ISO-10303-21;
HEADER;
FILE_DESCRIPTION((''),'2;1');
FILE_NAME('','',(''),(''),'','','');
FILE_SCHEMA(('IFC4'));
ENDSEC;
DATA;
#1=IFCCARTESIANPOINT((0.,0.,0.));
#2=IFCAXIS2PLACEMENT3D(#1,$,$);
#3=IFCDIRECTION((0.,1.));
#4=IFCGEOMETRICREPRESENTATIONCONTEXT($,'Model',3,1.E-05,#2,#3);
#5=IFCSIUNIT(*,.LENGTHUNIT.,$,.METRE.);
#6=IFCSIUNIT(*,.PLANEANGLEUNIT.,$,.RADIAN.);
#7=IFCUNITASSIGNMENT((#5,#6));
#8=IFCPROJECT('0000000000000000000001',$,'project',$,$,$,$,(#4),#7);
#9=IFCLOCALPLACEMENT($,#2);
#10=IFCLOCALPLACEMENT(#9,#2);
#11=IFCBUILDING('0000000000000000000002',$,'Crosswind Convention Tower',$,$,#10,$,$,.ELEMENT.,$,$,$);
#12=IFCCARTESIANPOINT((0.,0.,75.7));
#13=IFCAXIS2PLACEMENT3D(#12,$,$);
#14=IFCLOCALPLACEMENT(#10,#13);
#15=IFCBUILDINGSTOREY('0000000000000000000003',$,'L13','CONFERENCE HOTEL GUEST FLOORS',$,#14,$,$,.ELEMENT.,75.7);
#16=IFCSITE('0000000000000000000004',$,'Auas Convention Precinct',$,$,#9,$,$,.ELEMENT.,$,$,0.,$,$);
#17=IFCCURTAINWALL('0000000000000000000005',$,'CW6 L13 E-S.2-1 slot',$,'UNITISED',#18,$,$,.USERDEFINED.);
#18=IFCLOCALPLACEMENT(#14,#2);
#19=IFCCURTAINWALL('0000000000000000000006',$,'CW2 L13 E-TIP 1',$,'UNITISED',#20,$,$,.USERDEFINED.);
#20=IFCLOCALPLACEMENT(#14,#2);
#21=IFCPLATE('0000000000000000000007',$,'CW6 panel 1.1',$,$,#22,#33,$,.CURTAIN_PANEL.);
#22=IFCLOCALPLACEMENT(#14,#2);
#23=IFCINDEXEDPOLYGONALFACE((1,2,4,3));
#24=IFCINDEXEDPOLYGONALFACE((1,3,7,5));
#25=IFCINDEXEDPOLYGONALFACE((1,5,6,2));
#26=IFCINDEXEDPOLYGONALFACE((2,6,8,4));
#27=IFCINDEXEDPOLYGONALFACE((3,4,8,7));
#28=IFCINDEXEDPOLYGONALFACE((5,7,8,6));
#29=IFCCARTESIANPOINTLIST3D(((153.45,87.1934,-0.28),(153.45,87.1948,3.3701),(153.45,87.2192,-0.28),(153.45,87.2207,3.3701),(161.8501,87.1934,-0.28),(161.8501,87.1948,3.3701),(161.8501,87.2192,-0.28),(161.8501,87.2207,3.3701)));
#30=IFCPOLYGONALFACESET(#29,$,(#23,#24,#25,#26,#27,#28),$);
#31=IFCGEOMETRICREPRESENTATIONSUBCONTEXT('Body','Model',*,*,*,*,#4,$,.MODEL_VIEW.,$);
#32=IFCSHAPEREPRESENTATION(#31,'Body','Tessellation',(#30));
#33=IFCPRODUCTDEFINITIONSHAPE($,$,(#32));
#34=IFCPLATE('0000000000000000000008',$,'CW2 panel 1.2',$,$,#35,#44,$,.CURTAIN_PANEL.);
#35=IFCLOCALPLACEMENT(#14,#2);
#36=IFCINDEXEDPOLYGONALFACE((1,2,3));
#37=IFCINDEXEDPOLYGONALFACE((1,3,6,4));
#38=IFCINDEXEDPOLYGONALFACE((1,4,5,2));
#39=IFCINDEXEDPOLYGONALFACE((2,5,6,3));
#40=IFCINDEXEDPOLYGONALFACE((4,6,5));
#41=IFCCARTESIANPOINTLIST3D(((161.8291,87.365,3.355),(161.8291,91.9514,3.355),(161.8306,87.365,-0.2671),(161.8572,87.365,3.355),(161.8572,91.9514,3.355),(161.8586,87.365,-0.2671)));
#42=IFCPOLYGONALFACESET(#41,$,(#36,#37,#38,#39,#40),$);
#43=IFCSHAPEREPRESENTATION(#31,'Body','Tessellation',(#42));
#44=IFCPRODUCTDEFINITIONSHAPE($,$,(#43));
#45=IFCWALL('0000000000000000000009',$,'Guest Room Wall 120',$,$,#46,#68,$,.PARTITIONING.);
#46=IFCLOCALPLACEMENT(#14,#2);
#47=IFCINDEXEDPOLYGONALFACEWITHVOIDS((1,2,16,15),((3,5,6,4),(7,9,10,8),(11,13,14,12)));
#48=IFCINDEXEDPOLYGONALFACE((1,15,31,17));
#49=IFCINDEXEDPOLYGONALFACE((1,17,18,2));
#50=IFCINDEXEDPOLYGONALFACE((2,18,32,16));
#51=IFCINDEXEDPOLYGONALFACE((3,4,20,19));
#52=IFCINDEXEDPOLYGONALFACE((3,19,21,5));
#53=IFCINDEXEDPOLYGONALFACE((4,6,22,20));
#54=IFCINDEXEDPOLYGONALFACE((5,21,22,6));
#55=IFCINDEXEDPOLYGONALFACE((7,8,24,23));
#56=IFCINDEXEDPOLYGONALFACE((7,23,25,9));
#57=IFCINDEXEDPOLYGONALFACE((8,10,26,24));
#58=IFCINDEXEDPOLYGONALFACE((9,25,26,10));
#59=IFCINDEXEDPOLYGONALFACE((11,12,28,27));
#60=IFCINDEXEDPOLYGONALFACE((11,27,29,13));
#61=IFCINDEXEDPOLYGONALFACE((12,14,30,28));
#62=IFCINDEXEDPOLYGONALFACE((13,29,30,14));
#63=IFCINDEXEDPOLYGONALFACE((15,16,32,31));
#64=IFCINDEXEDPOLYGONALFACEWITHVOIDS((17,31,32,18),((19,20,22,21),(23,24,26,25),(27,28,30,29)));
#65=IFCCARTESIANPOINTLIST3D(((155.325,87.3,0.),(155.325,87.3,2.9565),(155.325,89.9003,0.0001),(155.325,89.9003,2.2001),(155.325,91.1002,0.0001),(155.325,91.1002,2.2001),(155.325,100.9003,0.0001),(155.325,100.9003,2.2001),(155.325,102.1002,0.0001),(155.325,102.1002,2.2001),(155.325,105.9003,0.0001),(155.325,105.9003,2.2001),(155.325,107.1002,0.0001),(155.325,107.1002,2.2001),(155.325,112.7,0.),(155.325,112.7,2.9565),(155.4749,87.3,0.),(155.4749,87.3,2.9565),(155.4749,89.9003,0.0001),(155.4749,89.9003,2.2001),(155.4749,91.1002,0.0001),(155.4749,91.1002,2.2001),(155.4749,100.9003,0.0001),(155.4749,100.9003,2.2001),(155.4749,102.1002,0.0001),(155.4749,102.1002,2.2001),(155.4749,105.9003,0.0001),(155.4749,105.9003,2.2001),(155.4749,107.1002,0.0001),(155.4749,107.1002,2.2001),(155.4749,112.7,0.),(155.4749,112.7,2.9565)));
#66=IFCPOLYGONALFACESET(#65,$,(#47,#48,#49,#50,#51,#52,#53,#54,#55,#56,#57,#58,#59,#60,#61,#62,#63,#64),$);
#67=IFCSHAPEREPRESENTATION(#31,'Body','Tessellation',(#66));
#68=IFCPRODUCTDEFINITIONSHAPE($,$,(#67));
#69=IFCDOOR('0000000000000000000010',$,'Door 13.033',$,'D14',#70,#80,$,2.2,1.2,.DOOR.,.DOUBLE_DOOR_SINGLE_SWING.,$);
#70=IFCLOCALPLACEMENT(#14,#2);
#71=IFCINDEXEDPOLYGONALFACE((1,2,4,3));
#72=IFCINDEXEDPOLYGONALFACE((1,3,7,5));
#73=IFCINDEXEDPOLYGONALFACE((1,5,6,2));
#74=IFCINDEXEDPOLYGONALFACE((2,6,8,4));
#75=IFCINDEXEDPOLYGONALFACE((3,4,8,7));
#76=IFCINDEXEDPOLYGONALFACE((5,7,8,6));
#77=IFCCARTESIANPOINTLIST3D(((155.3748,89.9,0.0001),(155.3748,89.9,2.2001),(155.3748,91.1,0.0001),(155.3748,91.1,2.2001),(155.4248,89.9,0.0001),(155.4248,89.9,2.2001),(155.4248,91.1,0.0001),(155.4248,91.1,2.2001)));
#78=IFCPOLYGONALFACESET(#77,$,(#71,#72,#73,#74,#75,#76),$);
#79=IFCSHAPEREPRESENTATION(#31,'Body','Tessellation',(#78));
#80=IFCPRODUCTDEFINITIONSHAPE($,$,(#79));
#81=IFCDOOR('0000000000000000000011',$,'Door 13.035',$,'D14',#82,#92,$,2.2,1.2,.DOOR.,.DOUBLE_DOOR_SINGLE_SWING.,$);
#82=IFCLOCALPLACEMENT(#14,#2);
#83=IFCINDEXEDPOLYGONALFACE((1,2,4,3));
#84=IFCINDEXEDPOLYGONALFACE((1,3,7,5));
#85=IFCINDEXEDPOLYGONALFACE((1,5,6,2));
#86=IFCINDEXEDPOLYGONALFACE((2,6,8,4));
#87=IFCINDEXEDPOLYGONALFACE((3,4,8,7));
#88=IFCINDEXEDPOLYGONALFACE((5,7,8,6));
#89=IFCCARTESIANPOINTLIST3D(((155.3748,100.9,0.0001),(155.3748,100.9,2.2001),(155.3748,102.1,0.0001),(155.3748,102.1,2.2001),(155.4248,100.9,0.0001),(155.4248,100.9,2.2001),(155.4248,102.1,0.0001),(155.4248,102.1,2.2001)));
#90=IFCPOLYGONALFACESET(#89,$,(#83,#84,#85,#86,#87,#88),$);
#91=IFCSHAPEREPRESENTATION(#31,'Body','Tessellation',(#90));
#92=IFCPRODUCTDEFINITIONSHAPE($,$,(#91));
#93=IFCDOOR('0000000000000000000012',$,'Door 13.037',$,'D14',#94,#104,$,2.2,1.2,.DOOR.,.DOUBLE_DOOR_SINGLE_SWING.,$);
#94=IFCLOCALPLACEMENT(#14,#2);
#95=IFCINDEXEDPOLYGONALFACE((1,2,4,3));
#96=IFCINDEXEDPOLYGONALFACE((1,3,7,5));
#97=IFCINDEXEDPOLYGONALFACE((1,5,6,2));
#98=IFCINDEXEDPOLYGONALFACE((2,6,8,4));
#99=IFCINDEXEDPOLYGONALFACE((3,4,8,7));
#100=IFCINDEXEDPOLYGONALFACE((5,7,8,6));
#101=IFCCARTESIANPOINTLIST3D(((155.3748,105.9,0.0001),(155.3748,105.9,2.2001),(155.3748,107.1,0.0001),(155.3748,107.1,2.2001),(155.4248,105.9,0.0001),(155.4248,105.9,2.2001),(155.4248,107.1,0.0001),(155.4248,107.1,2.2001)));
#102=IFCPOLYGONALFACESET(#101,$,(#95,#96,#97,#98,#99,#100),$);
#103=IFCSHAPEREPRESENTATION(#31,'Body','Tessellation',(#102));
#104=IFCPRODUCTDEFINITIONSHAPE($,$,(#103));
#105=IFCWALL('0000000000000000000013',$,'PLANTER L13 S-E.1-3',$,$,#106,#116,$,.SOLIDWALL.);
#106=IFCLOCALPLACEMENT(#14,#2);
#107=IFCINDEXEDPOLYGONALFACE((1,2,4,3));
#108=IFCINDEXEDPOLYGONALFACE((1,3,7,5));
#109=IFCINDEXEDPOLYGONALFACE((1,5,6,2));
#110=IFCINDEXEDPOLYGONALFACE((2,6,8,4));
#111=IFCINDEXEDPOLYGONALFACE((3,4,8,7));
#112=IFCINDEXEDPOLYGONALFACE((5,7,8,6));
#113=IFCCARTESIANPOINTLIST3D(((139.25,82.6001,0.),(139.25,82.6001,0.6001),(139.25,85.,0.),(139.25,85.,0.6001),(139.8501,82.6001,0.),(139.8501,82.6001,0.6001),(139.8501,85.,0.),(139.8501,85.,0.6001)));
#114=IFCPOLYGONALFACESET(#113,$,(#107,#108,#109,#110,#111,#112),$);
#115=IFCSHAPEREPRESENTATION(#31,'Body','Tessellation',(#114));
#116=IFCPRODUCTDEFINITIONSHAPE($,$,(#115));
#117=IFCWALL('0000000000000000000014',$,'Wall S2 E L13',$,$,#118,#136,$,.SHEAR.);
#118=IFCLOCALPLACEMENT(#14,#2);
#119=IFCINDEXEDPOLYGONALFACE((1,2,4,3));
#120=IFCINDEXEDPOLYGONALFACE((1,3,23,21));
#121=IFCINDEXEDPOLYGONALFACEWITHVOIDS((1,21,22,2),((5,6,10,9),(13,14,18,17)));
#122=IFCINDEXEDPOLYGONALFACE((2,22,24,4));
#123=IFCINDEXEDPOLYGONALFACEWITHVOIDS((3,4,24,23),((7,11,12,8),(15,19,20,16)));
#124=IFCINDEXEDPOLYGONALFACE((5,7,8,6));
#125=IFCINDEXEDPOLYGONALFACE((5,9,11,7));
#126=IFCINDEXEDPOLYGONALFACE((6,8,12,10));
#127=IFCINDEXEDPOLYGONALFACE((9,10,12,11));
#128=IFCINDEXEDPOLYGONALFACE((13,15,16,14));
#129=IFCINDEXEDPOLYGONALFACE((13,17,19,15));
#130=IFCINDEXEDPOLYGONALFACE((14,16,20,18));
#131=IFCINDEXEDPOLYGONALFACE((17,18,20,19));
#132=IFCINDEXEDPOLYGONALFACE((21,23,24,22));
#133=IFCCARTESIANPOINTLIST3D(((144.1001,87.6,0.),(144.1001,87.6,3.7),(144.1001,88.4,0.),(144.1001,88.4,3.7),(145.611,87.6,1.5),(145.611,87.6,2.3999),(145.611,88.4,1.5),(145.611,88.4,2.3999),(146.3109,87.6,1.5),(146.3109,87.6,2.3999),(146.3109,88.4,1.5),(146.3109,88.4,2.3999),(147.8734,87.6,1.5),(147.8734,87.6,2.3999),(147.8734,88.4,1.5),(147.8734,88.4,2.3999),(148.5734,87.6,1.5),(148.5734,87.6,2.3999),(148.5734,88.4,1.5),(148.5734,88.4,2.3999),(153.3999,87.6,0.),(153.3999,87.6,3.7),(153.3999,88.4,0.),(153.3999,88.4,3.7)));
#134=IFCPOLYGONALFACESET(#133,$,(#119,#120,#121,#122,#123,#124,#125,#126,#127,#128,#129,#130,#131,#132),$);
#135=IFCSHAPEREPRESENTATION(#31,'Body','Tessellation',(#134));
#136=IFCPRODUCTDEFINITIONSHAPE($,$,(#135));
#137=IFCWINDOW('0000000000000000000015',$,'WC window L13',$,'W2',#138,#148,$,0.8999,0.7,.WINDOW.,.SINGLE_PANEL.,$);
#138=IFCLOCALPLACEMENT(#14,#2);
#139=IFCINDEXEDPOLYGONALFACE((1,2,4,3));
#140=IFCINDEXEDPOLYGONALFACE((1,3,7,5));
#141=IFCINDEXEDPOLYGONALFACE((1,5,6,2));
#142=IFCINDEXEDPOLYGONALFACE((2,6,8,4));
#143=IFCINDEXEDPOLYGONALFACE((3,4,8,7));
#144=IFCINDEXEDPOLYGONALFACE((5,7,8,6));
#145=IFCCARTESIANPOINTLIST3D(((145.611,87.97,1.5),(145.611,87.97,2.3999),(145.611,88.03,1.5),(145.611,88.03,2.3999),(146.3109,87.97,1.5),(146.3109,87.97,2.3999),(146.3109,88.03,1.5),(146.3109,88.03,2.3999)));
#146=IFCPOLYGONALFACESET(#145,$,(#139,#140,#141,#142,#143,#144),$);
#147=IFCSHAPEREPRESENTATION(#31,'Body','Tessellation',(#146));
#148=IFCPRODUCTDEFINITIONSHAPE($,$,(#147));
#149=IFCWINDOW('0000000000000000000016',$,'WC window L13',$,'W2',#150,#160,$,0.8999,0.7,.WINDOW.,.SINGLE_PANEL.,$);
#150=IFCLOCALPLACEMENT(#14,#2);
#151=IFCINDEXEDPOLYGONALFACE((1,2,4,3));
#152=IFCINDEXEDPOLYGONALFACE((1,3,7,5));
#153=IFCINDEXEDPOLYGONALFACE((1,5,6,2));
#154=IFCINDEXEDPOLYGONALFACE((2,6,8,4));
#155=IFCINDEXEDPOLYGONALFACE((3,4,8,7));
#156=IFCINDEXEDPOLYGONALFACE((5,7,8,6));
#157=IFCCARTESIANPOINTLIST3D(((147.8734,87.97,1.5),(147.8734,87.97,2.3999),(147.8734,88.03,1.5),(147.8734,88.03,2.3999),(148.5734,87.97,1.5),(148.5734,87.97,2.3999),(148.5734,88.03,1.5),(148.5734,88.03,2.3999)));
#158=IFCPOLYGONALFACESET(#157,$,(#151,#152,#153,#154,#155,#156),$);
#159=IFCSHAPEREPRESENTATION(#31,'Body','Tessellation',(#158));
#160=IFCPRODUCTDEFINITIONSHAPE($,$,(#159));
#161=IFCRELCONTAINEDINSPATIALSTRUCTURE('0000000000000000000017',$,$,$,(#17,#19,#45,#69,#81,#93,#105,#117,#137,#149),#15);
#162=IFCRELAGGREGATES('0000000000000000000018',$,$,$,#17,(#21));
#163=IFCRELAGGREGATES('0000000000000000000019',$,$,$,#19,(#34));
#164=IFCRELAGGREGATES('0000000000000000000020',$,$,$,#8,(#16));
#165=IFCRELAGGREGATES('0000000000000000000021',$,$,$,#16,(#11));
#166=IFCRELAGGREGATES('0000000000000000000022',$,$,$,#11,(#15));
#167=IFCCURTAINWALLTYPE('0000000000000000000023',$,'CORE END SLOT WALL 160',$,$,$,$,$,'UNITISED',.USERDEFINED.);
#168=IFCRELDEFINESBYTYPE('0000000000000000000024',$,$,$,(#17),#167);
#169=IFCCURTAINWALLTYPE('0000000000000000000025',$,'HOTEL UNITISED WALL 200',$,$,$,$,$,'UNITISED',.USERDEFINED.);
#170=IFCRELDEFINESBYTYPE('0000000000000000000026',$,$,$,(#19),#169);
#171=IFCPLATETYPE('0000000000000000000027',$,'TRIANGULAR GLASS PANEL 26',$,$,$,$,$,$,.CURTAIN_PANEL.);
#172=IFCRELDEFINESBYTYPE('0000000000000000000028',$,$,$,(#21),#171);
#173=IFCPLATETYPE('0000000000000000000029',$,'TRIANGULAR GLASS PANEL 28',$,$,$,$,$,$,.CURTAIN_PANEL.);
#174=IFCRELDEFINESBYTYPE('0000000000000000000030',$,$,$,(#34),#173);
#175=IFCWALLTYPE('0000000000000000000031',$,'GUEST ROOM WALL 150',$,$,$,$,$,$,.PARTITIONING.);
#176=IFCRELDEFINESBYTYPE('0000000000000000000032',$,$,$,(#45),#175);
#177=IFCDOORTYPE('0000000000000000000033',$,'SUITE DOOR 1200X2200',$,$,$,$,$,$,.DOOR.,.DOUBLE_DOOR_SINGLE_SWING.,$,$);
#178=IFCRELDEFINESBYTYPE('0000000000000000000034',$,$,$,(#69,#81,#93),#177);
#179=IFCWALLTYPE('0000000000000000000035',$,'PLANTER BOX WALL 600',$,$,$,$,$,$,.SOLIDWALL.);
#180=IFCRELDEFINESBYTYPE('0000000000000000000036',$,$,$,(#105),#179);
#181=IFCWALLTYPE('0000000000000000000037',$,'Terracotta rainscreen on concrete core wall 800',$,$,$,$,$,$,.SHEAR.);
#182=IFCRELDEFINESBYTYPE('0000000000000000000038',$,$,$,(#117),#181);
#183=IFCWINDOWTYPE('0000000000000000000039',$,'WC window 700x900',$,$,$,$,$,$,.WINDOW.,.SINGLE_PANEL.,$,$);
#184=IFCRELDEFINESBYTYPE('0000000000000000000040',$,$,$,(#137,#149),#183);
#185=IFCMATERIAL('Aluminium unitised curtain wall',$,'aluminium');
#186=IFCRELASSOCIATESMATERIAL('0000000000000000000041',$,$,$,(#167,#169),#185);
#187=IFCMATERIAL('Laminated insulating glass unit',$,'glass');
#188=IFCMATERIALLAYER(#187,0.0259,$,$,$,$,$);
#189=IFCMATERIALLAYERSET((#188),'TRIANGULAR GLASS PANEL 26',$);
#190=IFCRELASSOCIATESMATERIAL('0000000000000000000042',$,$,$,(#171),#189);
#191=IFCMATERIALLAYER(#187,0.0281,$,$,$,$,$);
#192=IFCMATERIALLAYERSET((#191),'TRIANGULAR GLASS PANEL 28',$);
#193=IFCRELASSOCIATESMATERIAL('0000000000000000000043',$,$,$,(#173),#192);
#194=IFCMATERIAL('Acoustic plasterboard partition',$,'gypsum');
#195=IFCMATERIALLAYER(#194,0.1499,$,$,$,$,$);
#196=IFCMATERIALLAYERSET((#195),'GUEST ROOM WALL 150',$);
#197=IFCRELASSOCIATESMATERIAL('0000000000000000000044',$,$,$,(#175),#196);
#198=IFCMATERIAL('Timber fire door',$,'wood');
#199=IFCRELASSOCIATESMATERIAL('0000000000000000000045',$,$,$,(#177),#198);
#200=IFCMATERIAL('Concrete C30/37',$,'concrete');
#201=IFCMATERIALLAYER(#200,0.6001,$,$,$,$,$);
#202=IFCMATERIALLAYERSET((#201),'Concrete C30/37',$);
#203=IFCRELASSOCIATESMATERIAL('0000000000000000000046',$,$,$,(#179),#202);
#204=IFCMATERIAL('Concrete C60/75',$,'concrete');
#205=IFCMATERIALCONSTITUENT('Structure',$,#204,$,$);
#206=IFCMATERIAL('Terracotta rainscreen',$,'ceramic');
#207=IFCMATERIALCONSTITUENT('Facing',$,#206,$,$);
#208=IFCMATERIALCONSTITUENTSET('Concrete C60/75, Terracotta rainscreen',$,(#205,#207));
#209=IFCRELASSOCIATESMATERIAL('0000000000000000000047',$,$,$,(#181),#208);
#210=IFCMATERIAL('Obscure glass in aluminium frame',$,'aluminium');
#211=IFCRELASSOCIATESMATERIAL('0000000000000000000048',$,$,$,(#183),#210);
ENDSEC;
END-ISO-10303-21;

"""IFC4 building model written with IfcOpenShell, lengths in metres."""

from ifc_helpers import new_model, si_unit, direction, frame, frame_2d, origin, place, context, subcontext, project, spatial, polyline, rectangle, outline, extrude, material, layer, layer_set, constituent, constituent_set, type_object, element, fill, aggregate, save


model = new_model("IFC4")

# Units and contexts
model_context = context("Model", 3, precision=1e-05, world=origin(), true_north=direction((0.0, 1.0)))
body_context = subcontext(model_context, "Body", "Model", "MODEL_VIEW")
ifc_project = project(units=[si_unit("LENGTHUNIT", "METRE"), si_unit("PLANEANGLEUNIT", "RADIAN")], contexts=[model_context])

# Site, building, storey
site_placement = place(None, origin())
site = spatial("IfcSite", under=ifc_project, at=site_placement, Name="Auas Convention Precinct", CompositionType="ELEMENT", RefElevation=0.0)
building_placement = place(site_placement, origin())
building = spatial("IfcBuilding", under=site, at=building_placement, Name="Crosswind Convention Tower", CompositionType="ELEMENT")
storey_placement = place(building_placement, frame((0.0, 0.0, 75.7)))
storey = spatial("IfcBuildingStorey", under=building, at=storey_placement, Name="L13", Description="CONFERENCE HOTEL GUEST FLOORS", CompositionType="ELEMENT", Elevation=75.7)

# Shared definitions
ifc_material_1 = material(Name="Concrete C60/75", Category="concrete")

# Curtain wall
ifc_material_2 = material(Name="Aluminium unitised curtain wall", Category="aluminium")
curtain_wall_type_1 = type_object("IfcCurtainWallType", Name="CORE END SLOT WALL 160", ElementType="UNITISED", PredefinedType="USERDEFINED", material=ifc_material_2)
curtain_wall_1_placement = place(storey_placement, origin())
curtain_wall_1 = element("IfcCurtainWall", 1, at=curtain_wall_1_placement, inside=storey, type_object=curtain_wall_type_1, Name="CW6 L13 E-S.2-1 slot", ObjectType="UNITISED", PredefinedType="USERDEFINED")

# Curtain wall
curtain_wall_type_2 = type_object("IfcCurtainWallType", Name="HOTEL UNITISED WALL 200", ElementType="UNITISED", PredefinedType="USERDEFINED", material=ifc_material_2)
curtain_wall_2_placement = place(storey_placement, origin())
curtain_wall_2 = element("IfcCurtainWall", 2, at=curtain_wall_2_placement, inside=storey, type_object=curtain_wall_type_2, Name="CW2 L13 E-TIP 1", ObjectType="UNITISED", PredefinedType="USERDEFINED")

# Plates
ifc_material_3 = material(Name="Laminated insulating glass unit", Category="glass")
ifc_layer_1 = layer(ifc_material_3, 0.0259)
ifc_layer_set_1 = layer_set([ifc_layer_1], Name="TRIANGULAR GLASS PANEL 26")
plate_type_1 = type_object("IfcPlateType", Name="TRIANGULAR GLASS PANEL 26", PredefinedType="CURTAIN_PANEL", material=ifc_layer_set_1)
plate_1_placement = place(storey_placement, frame((153.45, 87.1934, -0.28), z_axis=(0.0, -1.0, 0.000401), x_axis=(1.0, 0.0, 0.0)))
plate_1 = element("IfcPlate", 3, at=plate_1_placement, type_object=plate_type_1, Name="CW6 panel 1.1", PredefinedType="CURTAIN_PANEL", context=body_context, shape_type="SweptSolid", body=[
    extrude(outline(polyline([(0.0, 0.0), (8.4001, 0.0), (8.4001, 3.6501), (0.0, 3.6501), (0.0, 0.0)])), origin(), (0.0, 0.0, -1.0), 0.0259),
])
aggregate(curtain_wall_1, [plate_1])
ifc_layer_2 = layer(ifc_material_3, 0.0281)
ifc_layer_set_2 = layer_set([ifc_layer_2], Name="TRIANGULAR GLASS PANEL 28")
plate_type_2 = type_object("IfcPlateType", Name="TRIANGULAR GLASS PANEL 28", PredefinedType="CURTAIN_PANEL", material=ifc_layer_set_2)
plate_2_placement = place(storey_placement, frame((161.8572, 87.365, 3.355), z_axis=(1.0, 0.0, 0.000404), x_axis=(0.000404, 0.0, -1.0)))
plate_2 = element("IfcPlate", 4, at=plate_2_placement, type_object=plate_type_2, Name="CW2 panel 1.2", PredefinedType="CURTAIN_PANEL", context=body_context, shape_type="SweptSolid", body=[
    extrude(outline(polyline([(0.0, 0.0), (3.6221, 0.0), (0.0, 4.5864), (0.0, 0.0)])), origin(), (0.0, 0.0, -1.0), 0.0281),
])

# Wall, openings, doors
ifc_material_4 = material(Name="Acoustic plasterboard partition", Category="gypsum")
ifc_layer_3 = layer(ifc_material_4, 0.1499)
ifc_layer_set_3 = layer_set([ifc_layer_3], Name="GUEST ROOM WALL 150")
wall_type_1 = type_object("IfcWallType", Name="GUEST ROOM WALL 150", PredefinedType="PARTITIONING", material=ifc_layer_set_3)
wall_1_placement = place(storey_placement, frame((155.3999, 87.3, 0.0), z_axis=(0.0, 0.0, 1.0), x_axis=(0.0, 1.0, 0.0)))
wall_1 = element("IfcWall", 5, at=wall_1_placement, inside=storey, type_object=wall_type_1, Name="Guest Room Wall 120", PredefinedType="PARTITIONING", context=body_context, shape_type="SweptSolid", body=[
    extrude(rectangle(XDim=25.3999, YDim=0.1499, at=frame_2d((12.7, 0.0))), origin(), (0.0, 0.0, 1.0), 2.9565),
])
opening_1_placement = place(wall_1_placement, frame((2.6001, 0.0, 0.0)))
opening_1 = element("IfcOpeningElement", 6, at=opening_1_placement, cuts=wall_1, PredefinedType="OPENING", context=body_context, shape_type="SweptSolid", body=[
    extrude(rectangle(XDim=1.2, YDim=2.2, at=frame_2d((0.6001, 1.1001))), frame((0.0, 0.085, 0.0), z_axis=(0.0, -1.0, 0.0), x_axis=(1.0, 0.0, 0.0)), (0.0, 0.0, 1.0), 0.1699),
])
opening_2_placement = place(wall_1_placement, frame((13.6001, 0.0, 0.0)))
opening_2 = element("IfcOpeningElement", 7, at=opening_2_placement, cuts=wall_1, PredefinedType="OPENING", context=body_context, shape_type="SweptSolid", body=[
    extrude(rectangle(XDim=1.2, YDim=2.2, at=frame_2d((0.6001, 1.1001))), frame((0.0, 0.085, 0.0), z_axis=(0.0, -1.0, 0.0), x_axis=(1.0, 0.0, 0.0)), (0.0, 0.0, 1.0), 0.1699),
])
opening_3_placement = place(wall_1_placement, frame((18.6001, 0.0, 0.0)))
opening_3 = element("IfcOpeningElement", 8, at=opening_3_placement, cuts=wall_1, PredefinedType="OPENING", context=body_context, shape_type="SweptSolid", body=[
    extrude(rectangle(XDim=1.2, YDim=2.2, at=frame_2d((0.6001, 1.1001))), frame((0.0, 0.085, 0.0), z_axis=(0.0, -1.0, 0.0), x_axis=(1.0, 0.0, 0.0)), (0.0, 0.0, 1.0), 0.1699),
])
ifc_material_5 = material(Name="Timber fire door", Category="wood")
door_type = type_object("IfcDoorType", Name="SUITE DOOR 1200X2200", OperationType="DOUBLE_DOOR_SINGLE_SWING", PredefinedType="DOOR", material=ifc_material_5)
door_1_placement = place(opening_1_placement, frame((1.2, 0.0, 0.0), z_axis=(0.0, 0.0, 1.0), x_axis=(-1.0, 0.0, 0.0)))
door_1 = element("IfcDoor", 9, at=door_1_placement, inside=storey, type_object=door_type, Name="Door 13.033", ObjectType="D14", OperationType="DOUBLE_DOOR_SINGLE_SWING", OverallHeight=2.2, OverallWidth=1.2, PredefinedType="DOOR", context=body_context, shape_type="SweptSolid", body=[
    extrude(rectangle(XDim=1.2, YDim=2.2, at=frame_2d((0.6001, 1.1001))), frame((0.0, 0.0249, 0.0), z_axis=(0.0, -1.0, 0.0), x_axis=(1.0, 0.0, 0.0)), (0.0, 0.0, 1.0), 0.05),
])
fill(opening_1, door_1)
door_2_placement = place(opening_2_placement, frame((1.2, 0.0, 0.0), z_axis=(0.0, 0.0, 1.0), x_axis=(-1.0, 0.0, 0.0)))
door_2 = element("IfcDoor", 10, at=door_2_placement, inside=storey, type_object=door_type, Name="Door 13.035", ObjectType="D14", OperationType="DOUBLE_DOOR_SINGLE_SWING", OverallHeight=2.2, OverallWidth=1.2, PredefinedType="DOOR", context=body_context, shape_type="SweptSolid", body=[
    extrude(rectangle(XDim=1.2, YDim=2.2, at=frame_2d((0.6001, 1.1001))), frame((0.0, 0.0249, 0.0), z_axis=(0.0, -1.0, 0.0), x_axis=(1.0, 0.0, 0.0)), (0.0, 0.0, 1.0), 0.05),
])
fill(opening_2, door_2)
door_3_placement = place(opening_3_placement, frame((1.2, 0.0, 0.0), z_axis=(0.0, 0.0, 1.0), x_axis=(-1.0, 0.0, 0.0)))
door_3 = element("IfcDoor", 11, at=door_3_placement, inside=storey, type_object=door_type, Name="Door 13.037", ObjectType="D14", OperationType="DOUBLE_DOOR_SINGLE_SWING", OverallHeight=2.2, OverallWidth=1.2, PredefinedType="DOOR", context=body_context, shape_type="SweptSolid", body=[
    extrude(rectangle(XDim=1.2, YDim=2.2, at=frame_2d((0.6001, 1.1001))), frame((0.0, 0.0249, 0.0), z_axis=(0.0, -1.0, 0.0), x_axis=(1.0, 0.0, 0.0)), (0.0, 0.0, 1.0), 0.05),
])
fill(opening_3, door_3)

# Wall
ifc_material_6 = material(Name="Concrete C30/37", Category="concrete")
ifc_layer_4 = layer(ifc_material_6, 0.6001)
ifc_layer_set_4 = layer_set([ifc_layer_4], Name="Concrete C30/37")
wall_type_2 = type_object("IfcWallType", Name="PLANTER BOX WALL 600", PredefinedType="SOLIDWALL", material=ifc_layer_set_4)
wall_2_placement = place(storey_placement, frame((139.55, 82.6001, 0.0), z_axis=(0.0, 0.0, 1.0), x_axis=(0.0, 1.0, 0.0)))
element("IfcWall", 12, at=wall_2_placement, inside=storey, type_object=wall_type_2, Name="PLANTER L13 S-E.1-3", PredefinedType="SOLIDWALL", context=body_context, shape_type="SweptSolid", body=[
    extrude(rectangle(XDim=2.3999, YDim=0.6001, at=frame_2d((1.2, 0.0))), origin(), (0.0, 0.0, 1.0), 0.6001),
])

# Wall, openings, windows
ifc_constituent_1 = constituent(ifc_material_1, Name="Structure")
ifc_material_7 = material(Name="Terracotta rainscreen", Category="ceramic")
ifc_constituent_2 = constituent(ifc_material_7, Name="Facing")
ifc_constituent_set = constituent_set(constituents=[ifc_constituent_1, ifc_constituent_2], Name="Concrete C60/75, Terracotta rainscreen")
wall_type_3 = type_object("IfcWallType", Name="Terracotta rainscreen on concrete core wall 800", PredefinedType="SHEAR", material=ifc_constituent_set)
wall_3_placement = place(storey_placement, frame((144.1001, 88.0, 0.0), z_axis=(0.0, 0.0, 1.0), x_axis=(1.0, 0.0, 0.0)))
wall_3 = element("IfcWall", 13, at=wall_3_placement, inside=storey, type_object=wall_type_3, Name="Wall S2 E L13", PredefinedType="SHEAR", context=body_context, shape_type="SweptSolid", body=[
    extrude(rectangle(XDim=9.2998, YDim=0.8, at=frame_2d((4.6499, 0.0))), origin(), (0.0, 0.0, 1.0), 3.7),
])
opening_4_placement = place(wall_3_placement, frame((1.5107, 0.0, 1.5)))
opening_4 = element("IfcOpeningElement", 14, at=opening_4_placement, cuts=wall_3, PredefinedType="OPENING", context=body_context, shape_type="SweptSolid", body=[
    extrude(rectangle(XDim=0.7, YDim=0.8999, at=frame_2d((0.3501, 0.45))), frame((0.0, 0.4099, 0.0), z_axis=(0.0, -1.0, 0.0), x_axis=(1.0, 0.0, 0.0)), (0.0, 0.0, 1.0), 0.8201),
])
opening_5_placement = place(wall_3_placement, frame((3.7732, 0.0, 1.5)))
opening_5 = element("IfcOpeningElement", 15, at=opening_5_placement, cuts=wall_3, PredefinedType="OPENING", context=body_context, shape_type="SweptSolid", body=[
    extrude(rectangle(XDim=0.7, YDim=0.8999, at=frame_2d((0.3501, 0.45))), frame((0.0, 0.4099, 0.0), z_axis=(0.0, -1.0, 0.0), x_axis=(1.0, 0.0, 0.0)), (0.0, 0.0, 1.0), 0.8201),
])
ifc_material_8 = material(Name="Obscure glass in aluminium frame", Category="aluminium")
window_type = type_object("IfcWindowType", Name="WC window 700x900", PartitioningType="SINGLE_PANEL", PredefinedType="WINDOW", material=ifc_material_8)
window_1_placement = place(opening_4_placement, origin())
window_1 = element("IfcWindow", 16, at=window_1_placement, inside=storey, type_object=window_type, Name="WC window L13", ObjectType="W2", OverallHeight=0.8999, OverallWidth=0.7, PartitioningType="SINGLE_PANEL", PredefinedType="WINDOW", context=body_context, shape_type="SweptSolid", body=[
    extrude(rectangle(XDim=0.7, YDim=0.8999, at=frame_2d((0.3501, 0.45))), frame((0.0, 0.03, 0.0), z_axis=(0.0, -1.0, 0.0), x_axis=(1.0, 0.0, 0.0)), (0.0, 0.0, 1.0), 0.0601),
])
fill(opening_4, window_1)
window_2_placement = place(opening_5_placement, origin())
window_2 = element("IfcWindow", 17, at=window_2_placement, inside=storey, type_object=window_type, Name="WC window L13", ObjectType="W2", OverallHeight=0.8999, OverallWidth=0.7, PartitioningType="SINGLE_PANEL", PredefinedType="WINDOW", context=body_context, shape_type="SweptSolid", body=[
    extrude(rectangle(XDim=0.7, YDim=0.8999, at=frame_2d((0.3501, 0.45))), frame((0.0, 0.03, 0.0), z_axis=(0.0, -1.0, 0.0), x_axis=(1.0, 0.0, 0.0)), (0.0, 0.0, 1.0), 0.0601),
])
fill(opening_5, window_2)

aggregate(curtain_wall_2, [plate_2])

save(model, "model.ifc")
